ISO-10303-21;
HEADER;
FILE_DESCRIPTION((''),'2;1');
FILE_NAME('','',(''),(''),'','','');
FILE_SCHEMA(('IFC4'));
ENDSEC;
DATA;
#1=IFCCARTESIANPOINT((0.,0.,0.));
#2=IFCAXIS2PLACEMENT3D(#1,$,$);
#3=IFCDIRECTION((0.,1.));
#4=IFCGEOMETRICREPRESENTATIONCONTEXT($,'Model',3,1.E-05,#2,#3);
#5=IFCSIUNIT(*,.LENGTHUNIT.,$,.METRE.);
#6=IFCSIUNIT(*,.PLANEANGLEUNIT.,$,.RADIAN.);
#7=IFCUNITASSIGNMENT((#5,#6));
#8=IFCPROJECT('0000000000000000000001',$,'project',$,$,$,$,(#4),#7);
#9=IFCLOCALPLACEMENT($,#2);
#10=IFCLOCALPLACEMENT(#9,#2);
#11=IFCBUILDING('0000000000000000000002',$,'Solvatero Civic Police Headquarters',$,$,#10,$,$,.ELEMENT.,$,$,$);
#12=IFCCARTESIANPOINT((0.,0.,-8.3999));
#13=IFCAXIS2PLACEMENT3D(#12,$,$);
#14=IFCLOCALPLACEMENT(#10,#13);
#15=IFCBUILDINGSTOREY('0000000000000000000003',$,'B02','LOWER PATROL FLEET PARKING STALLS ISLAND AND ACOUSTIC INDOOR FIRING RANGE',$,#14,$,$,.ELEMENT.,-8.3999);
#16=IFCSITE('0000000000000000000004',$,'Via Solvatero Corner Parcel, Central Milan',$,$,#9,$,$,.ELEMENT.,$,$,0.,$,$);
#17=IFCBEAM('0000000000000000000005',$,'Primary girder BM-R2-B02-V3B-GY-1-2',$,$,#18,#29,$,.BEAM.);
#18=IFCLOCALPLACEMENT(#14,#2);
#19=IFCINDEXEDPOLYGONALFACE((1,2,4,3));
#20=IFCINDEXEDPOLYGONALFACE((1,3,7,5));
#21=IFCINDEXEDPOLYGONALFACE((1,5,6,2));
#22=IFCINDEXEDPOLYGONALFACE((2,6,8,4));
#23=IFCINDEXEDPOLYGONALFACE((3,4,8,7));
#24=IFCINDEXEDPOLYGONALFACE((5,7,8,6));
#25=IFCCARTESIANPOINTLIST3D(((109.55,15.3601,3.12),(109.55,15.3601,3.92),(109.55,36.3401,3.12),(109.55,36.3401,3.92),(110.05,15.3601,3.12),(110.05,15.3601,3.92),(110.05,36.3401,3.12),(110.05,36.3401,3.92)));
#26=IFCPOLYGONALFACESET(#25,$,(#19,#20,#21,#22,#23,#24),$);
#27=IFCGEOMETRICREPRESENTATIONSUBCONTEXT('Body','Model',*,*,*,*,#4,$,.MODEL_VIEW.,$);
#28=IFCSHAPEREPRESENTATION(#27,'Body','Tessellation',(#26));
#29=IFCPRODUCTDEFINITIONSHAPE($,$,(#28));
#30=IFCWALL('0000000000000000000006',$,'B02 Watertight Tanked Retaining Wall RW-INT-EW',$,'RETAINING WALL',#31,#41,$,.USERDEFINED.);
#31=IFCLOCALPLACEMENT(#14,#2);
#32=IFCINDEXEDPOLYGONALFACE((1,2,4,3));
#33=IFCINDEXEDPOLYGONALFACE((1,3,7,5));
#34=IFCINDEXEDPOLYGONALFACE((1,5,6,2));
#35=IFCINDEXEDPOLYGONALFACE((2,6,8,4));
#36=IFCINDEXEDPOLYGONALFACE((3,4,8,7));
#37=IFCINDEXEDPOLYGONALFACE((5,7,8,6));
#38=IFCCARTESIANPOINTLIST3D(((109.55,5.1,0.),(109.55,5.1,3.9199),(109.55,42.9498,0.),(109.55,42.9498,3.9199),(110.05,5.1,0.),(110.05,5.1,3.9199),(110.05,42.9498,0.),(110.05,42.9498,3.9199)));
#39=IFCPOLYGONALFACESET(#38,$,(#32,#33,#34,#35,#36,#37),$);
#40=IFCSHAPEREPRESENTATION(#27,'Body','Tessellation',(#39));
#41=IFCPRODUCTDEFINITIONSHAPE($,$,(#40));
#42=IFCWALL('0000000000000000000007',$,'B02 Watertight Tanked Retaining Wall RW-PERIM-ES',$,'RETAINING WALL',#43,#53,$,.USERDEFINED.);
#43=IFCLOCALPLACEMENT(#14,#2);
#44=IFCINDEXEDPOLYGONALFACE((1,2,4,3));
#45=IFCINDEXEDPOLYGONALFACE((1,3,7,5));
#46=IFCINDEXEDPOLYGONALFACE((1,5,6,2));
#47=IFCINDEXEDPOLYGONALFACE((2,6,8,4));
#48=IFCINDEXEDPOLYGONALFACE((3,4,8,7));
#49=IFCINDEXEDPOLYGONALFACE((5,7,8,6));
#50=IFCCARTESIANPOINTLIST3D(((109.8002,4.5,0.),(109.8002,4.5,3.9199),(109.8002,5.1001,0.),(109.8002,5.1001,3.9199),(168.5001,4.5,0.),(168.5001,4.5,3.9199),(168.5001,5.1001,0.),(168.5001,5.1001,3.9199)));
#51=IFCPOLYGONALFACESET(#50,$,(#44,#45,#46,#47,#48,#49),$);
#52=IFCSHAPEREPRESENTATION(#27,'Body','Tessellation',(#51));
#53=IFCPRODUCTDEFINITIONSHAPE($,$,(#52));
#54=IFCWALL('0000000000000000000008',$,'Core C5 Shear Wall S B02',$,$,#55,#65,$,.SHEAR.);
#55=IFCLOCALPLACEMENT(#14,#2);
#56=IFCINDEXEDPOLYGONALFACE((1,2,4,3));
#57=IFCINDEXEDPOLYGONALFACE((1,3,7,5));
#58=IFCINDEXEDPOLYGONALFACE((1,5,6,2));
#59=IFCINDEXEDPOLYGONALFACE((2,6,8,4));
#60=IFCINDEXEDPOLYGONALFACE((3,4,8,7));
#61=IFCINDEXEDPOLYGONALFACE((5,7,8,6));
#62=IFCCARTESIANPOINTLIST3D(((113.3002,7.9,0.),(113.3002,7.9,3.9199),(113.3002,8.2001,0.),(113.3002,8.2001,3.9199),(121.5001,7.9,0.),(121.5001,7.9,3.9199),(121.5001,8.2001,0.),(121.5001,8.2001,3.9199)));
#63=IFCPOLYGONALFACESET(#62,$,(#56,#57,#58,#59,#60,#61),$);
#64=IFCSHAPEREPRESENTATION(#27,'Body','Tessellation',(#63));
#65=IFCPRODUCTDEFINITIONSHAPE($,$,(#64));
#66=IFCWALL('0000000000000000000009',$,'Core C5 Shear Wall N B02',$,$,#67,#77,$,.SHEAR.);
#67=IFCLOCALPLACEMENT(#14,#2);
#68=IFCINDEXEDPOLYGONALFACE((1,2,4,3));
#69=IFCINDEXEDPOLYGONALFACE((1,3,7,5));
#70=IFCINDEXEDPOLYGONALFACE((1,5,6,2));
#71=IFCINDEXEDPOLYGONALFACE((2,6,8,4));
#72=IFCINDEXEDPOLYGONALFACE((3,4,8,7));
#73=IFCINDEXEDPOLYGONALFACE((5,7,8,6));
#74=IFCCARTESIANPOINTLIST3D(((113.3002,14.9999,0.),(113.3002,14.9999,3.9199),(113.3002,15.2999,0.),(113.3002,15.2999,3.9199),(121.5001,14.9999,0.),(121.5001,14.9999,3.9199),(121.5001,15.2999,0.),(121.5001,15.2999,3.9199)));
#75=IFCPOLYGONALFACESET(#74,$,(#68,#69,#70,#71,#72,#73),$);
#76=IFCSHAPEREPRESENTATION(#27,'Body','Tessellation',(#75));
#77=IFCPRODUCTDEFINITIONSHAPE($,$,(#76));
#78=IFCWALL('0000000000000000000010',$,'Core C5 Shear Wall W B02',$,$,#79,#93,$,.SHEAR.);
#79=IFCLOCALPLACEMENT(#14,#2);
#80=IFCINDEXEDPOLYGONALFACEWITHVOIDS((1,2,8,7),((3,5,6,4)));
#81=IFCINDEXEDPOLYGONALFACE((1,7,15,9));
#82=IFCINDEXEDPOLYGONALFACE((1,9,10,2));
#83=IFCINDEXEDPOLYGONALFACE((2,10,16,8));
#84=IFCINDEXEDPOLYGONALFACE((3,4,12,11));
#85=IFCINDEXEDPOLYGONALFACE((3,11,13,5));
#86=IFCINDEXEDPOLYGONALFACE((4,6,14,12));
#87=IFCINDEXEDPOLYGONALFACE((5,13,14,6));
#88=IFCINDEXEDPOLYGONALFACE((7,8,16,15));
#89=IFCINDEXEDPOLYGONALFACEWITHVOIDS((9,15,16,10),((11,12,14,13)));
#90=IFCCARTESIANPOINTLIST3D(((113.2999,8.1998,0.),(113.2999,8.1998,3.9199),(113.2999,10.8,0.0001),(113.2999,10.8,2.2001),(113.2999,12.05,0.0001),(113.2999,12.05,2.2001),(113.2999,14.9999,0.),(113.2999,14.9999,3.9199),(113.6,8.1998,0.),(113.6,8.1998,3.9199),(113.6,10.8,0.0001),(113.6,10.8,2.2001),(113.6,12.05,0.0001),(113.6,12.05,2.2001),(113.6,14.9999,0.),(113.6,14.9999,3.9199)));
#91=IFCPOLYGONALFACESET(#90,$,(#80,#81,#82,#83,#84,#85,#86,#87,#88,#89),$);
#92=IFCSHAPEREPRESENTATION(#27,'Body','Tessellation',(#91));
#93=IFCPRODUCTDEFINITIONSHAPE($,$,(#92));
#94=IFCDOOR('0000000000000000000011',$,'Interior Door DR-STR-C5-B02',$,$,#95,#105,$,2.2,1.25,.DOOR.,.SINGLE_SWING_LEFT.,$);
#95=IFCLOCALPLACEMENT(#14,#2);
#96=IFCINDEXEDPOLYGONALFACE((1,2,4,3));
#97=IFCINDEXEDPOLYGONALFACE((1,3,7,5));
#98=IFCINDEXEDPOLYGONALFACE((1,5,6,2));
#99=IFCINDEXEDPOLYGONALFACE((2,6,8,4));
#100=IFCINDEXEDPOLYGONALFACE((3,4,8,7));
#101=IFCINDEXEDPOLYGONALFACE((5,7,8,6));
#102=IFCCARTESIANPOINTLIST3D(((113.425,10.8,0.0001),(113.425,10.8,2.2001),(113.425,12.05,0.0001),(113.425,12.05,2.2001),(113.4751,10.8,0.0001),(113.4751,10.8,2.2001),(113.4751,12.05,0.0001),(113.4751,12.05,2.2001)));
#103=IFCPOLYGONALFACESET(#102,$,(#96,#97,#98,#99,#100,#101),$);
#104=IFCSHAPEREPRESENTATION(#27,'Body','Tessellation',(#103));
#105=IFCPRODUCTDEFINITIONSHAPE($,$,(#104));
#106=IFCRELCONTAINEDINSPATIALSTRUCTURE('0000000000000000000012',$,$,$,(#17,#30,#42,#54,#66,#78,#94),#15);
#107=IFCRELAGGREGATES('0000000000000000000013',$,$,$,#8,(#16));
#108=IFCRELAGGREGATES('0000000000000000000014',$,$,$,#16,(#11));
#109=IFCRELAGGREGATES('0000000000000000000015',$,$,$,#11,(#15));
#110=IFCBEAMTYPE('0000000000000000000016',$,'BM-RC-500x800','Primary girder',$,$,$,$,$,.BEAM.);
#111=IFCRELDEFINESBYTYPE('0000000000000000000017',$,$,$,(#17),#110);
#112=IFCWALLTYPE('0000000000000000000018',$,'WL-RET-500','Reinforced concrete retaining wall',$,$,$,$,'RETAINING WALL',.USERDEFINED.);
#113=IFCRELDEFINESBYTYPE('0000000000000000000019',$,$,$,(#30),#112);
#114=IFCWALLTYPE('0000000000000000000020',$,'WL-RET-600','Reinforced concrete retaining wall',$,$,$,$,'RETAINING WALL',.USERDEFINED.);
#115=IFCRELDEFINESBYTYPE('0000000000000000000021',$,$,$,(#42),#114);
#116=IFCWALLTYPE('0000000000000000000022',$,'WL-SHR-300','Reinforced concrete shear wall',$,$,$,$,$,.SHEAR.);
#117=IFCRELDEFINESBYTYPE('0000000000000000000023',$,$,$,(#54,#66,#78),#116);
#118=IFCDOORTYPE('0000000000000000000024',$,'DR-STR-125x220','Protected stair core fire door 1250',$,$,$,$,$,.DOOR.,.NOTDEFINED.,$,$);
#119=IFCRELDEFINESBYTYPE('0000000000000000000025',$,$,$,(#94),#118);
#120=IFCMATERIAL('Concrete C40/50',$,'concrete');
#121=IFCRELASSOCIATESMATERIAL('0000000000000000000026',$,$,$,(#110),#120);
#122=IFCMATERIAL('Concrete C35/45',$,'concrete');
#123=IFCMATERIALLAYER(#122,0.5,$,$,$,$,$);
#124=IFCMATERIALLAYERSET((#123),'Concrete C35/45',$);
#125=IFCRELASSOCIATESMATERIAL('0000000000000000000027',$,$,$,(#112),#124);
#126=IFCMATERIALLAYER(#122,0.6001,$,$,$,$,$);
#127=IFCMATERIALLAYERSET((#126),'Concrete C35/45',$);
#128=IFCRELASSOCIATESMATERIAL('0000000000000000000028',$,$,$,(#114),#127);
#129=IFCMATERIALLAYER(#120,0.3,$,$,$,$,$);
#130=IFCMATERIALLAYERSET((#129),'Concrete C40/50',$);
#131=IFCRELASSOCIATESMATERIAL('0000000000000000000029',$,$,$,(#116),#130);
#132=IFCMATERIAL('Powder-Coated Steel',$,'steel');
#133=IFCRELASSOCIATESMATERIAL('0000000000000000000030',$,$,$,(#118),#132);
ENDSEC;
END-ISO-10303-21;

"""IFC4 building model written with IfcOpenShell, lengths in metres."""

from ifc_helpers import new_model, si_unit, direction, frame, frame_2d, origin, origin_2d, place, context, subcontext, project, spatial, rectangle, extrude, material, layer, layer_set, material_profile, profile_set, type_object, element, fill, save


model = new_model("IFC4")

# Units and contexts
model_context = context("Model", 3, precision=1e-05, world=origin(), true_north=direction((0.0, 1.0)))
body_context = subcontext(model_context, "Body", "Model", "MODEL_VIEW")
ifc_project = project(units=[si_unit("LENGTHUNIT", "METRE"), si_unit("PLANEANGLEUNIT", "RADIAN")], contexts=[model_context])

# Site, building, storey
site_placement = place(None, origin())
site = spatial("IfcSite", under=ifc_project, at=site_placement, Name="Via Solvatero Corner Parcel, Central Milan", CompositionType="ELEMENT", RefElevation=0.0)
building_placement = place(site_placement, origin())
building = spatial("IfcBuilding", under=site, at=building_placement, Name="Solvatero Civic Police Headquarters", CompositionType="ELEMENT")
storey_placement = place(building_placement, frame((0.0, 0.0, -8.3999)))
storey = spatial("IfcBuildingStorey", under=building, at=storey_placement, Name="B02", Description="LOWER PATROL FLEET PARKING STALLS ISLAND AND ACOUSTIC INDOOR FIRING RANGE", CompositionType="ELEMENT", Elevation=-8.3999)

# Shared definitions
ifc_material_1 = material(Name="Concrete C40/50", Category="concrete")

# Beam
ifc_material_profile_1 = material_profile(ifc_material_1, rectangle(XDim=0.5, YDim=0.8, at=origin_2d()), Name="RC 500x800")
ifc_profile_set_1 = profile_set([ifc_material_profile_1], Name="Concrete C40/50")
beam_type_1 = type_object("IfcBeamType", Name="BM-RC-500x800", Description="Primary girder", PredefinedType="BEAM", material=ifc_profile_set_1)
beam_1_placement = place(storey_placement, frame((109.8, 15.3601, 3.52), z_axis=(0.0, 1.0, 0.0), x_axis=(-1.0, 0.0, 0.0)))
element("IfcBeam", 1, at=beam_1_placement, inside=storey, type_object=beam_type_1, Name="Primary girder BM-R2-B02-V3B-GY-1-2", PredefinedType="BEAM", context=body_context, shape_type="SweptSolid", body=[
    extrude(rectangle(XDim=0.5, YDim=0.8, at=origin_2d()), origin(), (0.0, 0.0, 1.0), 20.98),
])

# Walls
ifc_material_2 = material(Name="Concrete C35/45", Category="concrete")
ifc_layer_1 = layer(ifc_material_2, 0.5)
ifc_layer_set_1 = layer_set([ifc_layer_1], Name="Concrete C35/45")
wall_type_1 = type_object("IfcWallType", Name="WL-RET-500", Description="Reinforced concrete retaining wall", ElementType="RETAINING WALL", PredefinedType="USERDEFINED", material=ifc_layer_set_1)
wall_1_placement = place(storey_placement, frame((109.8, 5.1001, 0.0), z_axis=(0.0, 0.0, 1.0), x_axis=(0.0, 1.0, 0.0)))
element("IfcWall", 2, at=wall_1_placement, inside=storey, type_object=wall_type_1, Name="B02 Watertight Tanked Retaining Wall RW-INT-EW", ObjectType="RETAINING WALL", PredefinedType="USERDEFINED", context=body_context, shape_type="SweptSolid", body=[
    extrude(rectangle(XDim=37.8499, YDim=0.5, at=frame_2d((18.9248, 0.0))), origin(), (0.0, 0.0, 1.0), 3.9199),
])
ifc_layer_2 = layer(ifc_material_2, 0.6001)
ifc_layer_set_2 = layer_set([ifc_layer_2], Name="Concrete C35/45")
wall_type_2 = type_object("IfcWallType", Name="WL-RET-600", Description="Reinforced concrete retaining wall", ElementType="RETAINING WALL", PredefinedType="USERDEFINED", material=ifc_layer_set_2)
wall_2_placement = place(storey_placement, frame((109.8, 4.8, 0.0), z_axis=(0.0, 0.0, 1.0), x_axis=(1.0, 0.0, 0.0)))
element("IfcWall", 3, at=wall_2_placement, inside=storey, type_object=wall_type_2, Name="B02 Watertight Tanked Retaining Wall RW-PERIM-ES", ObjectType="RETAINING WALL", PredefinedType="USERDEFINED", context=body_context, shape_type="SweptSolid", body=[
    extrude(rectangle(XDim=58.7, YDim=0.6001, at=frame_2d((29.3501, 0.0))), origin(), (0.0, 0.0, 1.0), 3.9199),
])
ifc_layer_3 = layer(ifc_material_1, 0.3)
ifc_layer_set_3 = layer_set([ifc_layer_3], Name="Concrete C40/50")
wall_type_3 = type_object("IfcWallType", Name="WL-SHR-300", Description="Reinforced concrete shear wall", PredefinedType="SHEAR", material=ifc_layer_set_3)
for number, where, z_axis, x_axis, name in (
    (4, (113.3, 8.05, 0.0), (0.0, 0.0, 1.0), (1.0, 0.0, 0.0), "Core C5 Shear Wall S B02"),
    (5, (113.3, 15.1499, 0.0), (0.0, 0.0, 1.0), (1.0, 0.0, 0.0), "Core C5 Shear Wall N B02"),
):
    element("IfcWall", number, at=place(storey_placement, frame(where, z_axis=z_axis, x_axis=x_axis)), inside=storey, type_object=wall_type_3, Name=name, PredefinedType="SHEAR", context=body_context, shape_type="SweptSolid", body=[
        extrude(rectangle(XDim=8.2, YDim=0.3, at=frame_2d((4.1001, 0.0))), origin(), (0.0, 0.0, 1.0), 3.9199),
    ])

# Wall, opening, door
wall_3_placement = place(storey_placement, frame((113.45, 8.2, 0.0), z_axis=(0.0, 0.0, 1.0), x_axis=(0.0, 1.0, 0.0)))
wall_3 = element("IfcWall", 6, at=wall_3_placement, inside=storey, type_object=wall_type_3, Name="Core C5 Shear Wall W B02", PredefinedType="SHEAR", context=body_context, shape_type="SweptSolid", body=[
    extrude(rectangle(XDim=6.8, YDim=0.3, at=frame_2d((3.3999, 0.0))), origin(), (0.0, 0.0, 1.0), 3.9199),
])
opening_placement = place(wall_3_placement, frame((2.6001, 0.0, 0.0)))
opening = element("IfcOpeningElement", 7, at=opening_placement, cuts=wall_3, PredefinedType="OPENING", context=body_context, shape_type="SweptSolid", body=[
    extrude(rectangle(XDim=1.25, YDim=2.2, at=frame_2d((0.625, 1.1001))), frame((0.0, 0.1599, 0.0), z_axis=(0.0, -1.0, 0.0), x_axis=(1.0, 0.0, 0.0)), (0.0, 0.0, 1.0), 0.3201),
])
ifc_material_3 = material(Name="Powder-Coated Steel", Category="steel")
door_type = type_object("IfcDoorType", Name="DR-STR-125x220", Description="Protected stair core fire door 1250", OperationType="NOTDEFINED", PredefinedType="DOOR", material=ifc_material_3)
door_placement = place(opening_placement, origin())
door = element("IfcDoor", 8, at=door_placement, inside=storey, type_object=door_type, Name="Interior Door DR-STR-C5-B02", OperationType="SINGLE_SWING_LEFT", OverallHeight=2.2, OverallWidth=1.25, PredefinedType="DOOR", context=body_context, shape_type="SweptSolid", body=[
    extrude(rectangle(XDim=1.25, YDim=2.2, at=frame_2d((0.625, 1.1001))), frame((0.0, 0.0249, 0.0), z_axis=(0.0, -1.0, 0.0), x_axis=(1.0, 0.0, 0.0)), (0.0, 0.0, 1.0), 0.05),
])
fill(opening, door)

save(model, "model.ifc")
